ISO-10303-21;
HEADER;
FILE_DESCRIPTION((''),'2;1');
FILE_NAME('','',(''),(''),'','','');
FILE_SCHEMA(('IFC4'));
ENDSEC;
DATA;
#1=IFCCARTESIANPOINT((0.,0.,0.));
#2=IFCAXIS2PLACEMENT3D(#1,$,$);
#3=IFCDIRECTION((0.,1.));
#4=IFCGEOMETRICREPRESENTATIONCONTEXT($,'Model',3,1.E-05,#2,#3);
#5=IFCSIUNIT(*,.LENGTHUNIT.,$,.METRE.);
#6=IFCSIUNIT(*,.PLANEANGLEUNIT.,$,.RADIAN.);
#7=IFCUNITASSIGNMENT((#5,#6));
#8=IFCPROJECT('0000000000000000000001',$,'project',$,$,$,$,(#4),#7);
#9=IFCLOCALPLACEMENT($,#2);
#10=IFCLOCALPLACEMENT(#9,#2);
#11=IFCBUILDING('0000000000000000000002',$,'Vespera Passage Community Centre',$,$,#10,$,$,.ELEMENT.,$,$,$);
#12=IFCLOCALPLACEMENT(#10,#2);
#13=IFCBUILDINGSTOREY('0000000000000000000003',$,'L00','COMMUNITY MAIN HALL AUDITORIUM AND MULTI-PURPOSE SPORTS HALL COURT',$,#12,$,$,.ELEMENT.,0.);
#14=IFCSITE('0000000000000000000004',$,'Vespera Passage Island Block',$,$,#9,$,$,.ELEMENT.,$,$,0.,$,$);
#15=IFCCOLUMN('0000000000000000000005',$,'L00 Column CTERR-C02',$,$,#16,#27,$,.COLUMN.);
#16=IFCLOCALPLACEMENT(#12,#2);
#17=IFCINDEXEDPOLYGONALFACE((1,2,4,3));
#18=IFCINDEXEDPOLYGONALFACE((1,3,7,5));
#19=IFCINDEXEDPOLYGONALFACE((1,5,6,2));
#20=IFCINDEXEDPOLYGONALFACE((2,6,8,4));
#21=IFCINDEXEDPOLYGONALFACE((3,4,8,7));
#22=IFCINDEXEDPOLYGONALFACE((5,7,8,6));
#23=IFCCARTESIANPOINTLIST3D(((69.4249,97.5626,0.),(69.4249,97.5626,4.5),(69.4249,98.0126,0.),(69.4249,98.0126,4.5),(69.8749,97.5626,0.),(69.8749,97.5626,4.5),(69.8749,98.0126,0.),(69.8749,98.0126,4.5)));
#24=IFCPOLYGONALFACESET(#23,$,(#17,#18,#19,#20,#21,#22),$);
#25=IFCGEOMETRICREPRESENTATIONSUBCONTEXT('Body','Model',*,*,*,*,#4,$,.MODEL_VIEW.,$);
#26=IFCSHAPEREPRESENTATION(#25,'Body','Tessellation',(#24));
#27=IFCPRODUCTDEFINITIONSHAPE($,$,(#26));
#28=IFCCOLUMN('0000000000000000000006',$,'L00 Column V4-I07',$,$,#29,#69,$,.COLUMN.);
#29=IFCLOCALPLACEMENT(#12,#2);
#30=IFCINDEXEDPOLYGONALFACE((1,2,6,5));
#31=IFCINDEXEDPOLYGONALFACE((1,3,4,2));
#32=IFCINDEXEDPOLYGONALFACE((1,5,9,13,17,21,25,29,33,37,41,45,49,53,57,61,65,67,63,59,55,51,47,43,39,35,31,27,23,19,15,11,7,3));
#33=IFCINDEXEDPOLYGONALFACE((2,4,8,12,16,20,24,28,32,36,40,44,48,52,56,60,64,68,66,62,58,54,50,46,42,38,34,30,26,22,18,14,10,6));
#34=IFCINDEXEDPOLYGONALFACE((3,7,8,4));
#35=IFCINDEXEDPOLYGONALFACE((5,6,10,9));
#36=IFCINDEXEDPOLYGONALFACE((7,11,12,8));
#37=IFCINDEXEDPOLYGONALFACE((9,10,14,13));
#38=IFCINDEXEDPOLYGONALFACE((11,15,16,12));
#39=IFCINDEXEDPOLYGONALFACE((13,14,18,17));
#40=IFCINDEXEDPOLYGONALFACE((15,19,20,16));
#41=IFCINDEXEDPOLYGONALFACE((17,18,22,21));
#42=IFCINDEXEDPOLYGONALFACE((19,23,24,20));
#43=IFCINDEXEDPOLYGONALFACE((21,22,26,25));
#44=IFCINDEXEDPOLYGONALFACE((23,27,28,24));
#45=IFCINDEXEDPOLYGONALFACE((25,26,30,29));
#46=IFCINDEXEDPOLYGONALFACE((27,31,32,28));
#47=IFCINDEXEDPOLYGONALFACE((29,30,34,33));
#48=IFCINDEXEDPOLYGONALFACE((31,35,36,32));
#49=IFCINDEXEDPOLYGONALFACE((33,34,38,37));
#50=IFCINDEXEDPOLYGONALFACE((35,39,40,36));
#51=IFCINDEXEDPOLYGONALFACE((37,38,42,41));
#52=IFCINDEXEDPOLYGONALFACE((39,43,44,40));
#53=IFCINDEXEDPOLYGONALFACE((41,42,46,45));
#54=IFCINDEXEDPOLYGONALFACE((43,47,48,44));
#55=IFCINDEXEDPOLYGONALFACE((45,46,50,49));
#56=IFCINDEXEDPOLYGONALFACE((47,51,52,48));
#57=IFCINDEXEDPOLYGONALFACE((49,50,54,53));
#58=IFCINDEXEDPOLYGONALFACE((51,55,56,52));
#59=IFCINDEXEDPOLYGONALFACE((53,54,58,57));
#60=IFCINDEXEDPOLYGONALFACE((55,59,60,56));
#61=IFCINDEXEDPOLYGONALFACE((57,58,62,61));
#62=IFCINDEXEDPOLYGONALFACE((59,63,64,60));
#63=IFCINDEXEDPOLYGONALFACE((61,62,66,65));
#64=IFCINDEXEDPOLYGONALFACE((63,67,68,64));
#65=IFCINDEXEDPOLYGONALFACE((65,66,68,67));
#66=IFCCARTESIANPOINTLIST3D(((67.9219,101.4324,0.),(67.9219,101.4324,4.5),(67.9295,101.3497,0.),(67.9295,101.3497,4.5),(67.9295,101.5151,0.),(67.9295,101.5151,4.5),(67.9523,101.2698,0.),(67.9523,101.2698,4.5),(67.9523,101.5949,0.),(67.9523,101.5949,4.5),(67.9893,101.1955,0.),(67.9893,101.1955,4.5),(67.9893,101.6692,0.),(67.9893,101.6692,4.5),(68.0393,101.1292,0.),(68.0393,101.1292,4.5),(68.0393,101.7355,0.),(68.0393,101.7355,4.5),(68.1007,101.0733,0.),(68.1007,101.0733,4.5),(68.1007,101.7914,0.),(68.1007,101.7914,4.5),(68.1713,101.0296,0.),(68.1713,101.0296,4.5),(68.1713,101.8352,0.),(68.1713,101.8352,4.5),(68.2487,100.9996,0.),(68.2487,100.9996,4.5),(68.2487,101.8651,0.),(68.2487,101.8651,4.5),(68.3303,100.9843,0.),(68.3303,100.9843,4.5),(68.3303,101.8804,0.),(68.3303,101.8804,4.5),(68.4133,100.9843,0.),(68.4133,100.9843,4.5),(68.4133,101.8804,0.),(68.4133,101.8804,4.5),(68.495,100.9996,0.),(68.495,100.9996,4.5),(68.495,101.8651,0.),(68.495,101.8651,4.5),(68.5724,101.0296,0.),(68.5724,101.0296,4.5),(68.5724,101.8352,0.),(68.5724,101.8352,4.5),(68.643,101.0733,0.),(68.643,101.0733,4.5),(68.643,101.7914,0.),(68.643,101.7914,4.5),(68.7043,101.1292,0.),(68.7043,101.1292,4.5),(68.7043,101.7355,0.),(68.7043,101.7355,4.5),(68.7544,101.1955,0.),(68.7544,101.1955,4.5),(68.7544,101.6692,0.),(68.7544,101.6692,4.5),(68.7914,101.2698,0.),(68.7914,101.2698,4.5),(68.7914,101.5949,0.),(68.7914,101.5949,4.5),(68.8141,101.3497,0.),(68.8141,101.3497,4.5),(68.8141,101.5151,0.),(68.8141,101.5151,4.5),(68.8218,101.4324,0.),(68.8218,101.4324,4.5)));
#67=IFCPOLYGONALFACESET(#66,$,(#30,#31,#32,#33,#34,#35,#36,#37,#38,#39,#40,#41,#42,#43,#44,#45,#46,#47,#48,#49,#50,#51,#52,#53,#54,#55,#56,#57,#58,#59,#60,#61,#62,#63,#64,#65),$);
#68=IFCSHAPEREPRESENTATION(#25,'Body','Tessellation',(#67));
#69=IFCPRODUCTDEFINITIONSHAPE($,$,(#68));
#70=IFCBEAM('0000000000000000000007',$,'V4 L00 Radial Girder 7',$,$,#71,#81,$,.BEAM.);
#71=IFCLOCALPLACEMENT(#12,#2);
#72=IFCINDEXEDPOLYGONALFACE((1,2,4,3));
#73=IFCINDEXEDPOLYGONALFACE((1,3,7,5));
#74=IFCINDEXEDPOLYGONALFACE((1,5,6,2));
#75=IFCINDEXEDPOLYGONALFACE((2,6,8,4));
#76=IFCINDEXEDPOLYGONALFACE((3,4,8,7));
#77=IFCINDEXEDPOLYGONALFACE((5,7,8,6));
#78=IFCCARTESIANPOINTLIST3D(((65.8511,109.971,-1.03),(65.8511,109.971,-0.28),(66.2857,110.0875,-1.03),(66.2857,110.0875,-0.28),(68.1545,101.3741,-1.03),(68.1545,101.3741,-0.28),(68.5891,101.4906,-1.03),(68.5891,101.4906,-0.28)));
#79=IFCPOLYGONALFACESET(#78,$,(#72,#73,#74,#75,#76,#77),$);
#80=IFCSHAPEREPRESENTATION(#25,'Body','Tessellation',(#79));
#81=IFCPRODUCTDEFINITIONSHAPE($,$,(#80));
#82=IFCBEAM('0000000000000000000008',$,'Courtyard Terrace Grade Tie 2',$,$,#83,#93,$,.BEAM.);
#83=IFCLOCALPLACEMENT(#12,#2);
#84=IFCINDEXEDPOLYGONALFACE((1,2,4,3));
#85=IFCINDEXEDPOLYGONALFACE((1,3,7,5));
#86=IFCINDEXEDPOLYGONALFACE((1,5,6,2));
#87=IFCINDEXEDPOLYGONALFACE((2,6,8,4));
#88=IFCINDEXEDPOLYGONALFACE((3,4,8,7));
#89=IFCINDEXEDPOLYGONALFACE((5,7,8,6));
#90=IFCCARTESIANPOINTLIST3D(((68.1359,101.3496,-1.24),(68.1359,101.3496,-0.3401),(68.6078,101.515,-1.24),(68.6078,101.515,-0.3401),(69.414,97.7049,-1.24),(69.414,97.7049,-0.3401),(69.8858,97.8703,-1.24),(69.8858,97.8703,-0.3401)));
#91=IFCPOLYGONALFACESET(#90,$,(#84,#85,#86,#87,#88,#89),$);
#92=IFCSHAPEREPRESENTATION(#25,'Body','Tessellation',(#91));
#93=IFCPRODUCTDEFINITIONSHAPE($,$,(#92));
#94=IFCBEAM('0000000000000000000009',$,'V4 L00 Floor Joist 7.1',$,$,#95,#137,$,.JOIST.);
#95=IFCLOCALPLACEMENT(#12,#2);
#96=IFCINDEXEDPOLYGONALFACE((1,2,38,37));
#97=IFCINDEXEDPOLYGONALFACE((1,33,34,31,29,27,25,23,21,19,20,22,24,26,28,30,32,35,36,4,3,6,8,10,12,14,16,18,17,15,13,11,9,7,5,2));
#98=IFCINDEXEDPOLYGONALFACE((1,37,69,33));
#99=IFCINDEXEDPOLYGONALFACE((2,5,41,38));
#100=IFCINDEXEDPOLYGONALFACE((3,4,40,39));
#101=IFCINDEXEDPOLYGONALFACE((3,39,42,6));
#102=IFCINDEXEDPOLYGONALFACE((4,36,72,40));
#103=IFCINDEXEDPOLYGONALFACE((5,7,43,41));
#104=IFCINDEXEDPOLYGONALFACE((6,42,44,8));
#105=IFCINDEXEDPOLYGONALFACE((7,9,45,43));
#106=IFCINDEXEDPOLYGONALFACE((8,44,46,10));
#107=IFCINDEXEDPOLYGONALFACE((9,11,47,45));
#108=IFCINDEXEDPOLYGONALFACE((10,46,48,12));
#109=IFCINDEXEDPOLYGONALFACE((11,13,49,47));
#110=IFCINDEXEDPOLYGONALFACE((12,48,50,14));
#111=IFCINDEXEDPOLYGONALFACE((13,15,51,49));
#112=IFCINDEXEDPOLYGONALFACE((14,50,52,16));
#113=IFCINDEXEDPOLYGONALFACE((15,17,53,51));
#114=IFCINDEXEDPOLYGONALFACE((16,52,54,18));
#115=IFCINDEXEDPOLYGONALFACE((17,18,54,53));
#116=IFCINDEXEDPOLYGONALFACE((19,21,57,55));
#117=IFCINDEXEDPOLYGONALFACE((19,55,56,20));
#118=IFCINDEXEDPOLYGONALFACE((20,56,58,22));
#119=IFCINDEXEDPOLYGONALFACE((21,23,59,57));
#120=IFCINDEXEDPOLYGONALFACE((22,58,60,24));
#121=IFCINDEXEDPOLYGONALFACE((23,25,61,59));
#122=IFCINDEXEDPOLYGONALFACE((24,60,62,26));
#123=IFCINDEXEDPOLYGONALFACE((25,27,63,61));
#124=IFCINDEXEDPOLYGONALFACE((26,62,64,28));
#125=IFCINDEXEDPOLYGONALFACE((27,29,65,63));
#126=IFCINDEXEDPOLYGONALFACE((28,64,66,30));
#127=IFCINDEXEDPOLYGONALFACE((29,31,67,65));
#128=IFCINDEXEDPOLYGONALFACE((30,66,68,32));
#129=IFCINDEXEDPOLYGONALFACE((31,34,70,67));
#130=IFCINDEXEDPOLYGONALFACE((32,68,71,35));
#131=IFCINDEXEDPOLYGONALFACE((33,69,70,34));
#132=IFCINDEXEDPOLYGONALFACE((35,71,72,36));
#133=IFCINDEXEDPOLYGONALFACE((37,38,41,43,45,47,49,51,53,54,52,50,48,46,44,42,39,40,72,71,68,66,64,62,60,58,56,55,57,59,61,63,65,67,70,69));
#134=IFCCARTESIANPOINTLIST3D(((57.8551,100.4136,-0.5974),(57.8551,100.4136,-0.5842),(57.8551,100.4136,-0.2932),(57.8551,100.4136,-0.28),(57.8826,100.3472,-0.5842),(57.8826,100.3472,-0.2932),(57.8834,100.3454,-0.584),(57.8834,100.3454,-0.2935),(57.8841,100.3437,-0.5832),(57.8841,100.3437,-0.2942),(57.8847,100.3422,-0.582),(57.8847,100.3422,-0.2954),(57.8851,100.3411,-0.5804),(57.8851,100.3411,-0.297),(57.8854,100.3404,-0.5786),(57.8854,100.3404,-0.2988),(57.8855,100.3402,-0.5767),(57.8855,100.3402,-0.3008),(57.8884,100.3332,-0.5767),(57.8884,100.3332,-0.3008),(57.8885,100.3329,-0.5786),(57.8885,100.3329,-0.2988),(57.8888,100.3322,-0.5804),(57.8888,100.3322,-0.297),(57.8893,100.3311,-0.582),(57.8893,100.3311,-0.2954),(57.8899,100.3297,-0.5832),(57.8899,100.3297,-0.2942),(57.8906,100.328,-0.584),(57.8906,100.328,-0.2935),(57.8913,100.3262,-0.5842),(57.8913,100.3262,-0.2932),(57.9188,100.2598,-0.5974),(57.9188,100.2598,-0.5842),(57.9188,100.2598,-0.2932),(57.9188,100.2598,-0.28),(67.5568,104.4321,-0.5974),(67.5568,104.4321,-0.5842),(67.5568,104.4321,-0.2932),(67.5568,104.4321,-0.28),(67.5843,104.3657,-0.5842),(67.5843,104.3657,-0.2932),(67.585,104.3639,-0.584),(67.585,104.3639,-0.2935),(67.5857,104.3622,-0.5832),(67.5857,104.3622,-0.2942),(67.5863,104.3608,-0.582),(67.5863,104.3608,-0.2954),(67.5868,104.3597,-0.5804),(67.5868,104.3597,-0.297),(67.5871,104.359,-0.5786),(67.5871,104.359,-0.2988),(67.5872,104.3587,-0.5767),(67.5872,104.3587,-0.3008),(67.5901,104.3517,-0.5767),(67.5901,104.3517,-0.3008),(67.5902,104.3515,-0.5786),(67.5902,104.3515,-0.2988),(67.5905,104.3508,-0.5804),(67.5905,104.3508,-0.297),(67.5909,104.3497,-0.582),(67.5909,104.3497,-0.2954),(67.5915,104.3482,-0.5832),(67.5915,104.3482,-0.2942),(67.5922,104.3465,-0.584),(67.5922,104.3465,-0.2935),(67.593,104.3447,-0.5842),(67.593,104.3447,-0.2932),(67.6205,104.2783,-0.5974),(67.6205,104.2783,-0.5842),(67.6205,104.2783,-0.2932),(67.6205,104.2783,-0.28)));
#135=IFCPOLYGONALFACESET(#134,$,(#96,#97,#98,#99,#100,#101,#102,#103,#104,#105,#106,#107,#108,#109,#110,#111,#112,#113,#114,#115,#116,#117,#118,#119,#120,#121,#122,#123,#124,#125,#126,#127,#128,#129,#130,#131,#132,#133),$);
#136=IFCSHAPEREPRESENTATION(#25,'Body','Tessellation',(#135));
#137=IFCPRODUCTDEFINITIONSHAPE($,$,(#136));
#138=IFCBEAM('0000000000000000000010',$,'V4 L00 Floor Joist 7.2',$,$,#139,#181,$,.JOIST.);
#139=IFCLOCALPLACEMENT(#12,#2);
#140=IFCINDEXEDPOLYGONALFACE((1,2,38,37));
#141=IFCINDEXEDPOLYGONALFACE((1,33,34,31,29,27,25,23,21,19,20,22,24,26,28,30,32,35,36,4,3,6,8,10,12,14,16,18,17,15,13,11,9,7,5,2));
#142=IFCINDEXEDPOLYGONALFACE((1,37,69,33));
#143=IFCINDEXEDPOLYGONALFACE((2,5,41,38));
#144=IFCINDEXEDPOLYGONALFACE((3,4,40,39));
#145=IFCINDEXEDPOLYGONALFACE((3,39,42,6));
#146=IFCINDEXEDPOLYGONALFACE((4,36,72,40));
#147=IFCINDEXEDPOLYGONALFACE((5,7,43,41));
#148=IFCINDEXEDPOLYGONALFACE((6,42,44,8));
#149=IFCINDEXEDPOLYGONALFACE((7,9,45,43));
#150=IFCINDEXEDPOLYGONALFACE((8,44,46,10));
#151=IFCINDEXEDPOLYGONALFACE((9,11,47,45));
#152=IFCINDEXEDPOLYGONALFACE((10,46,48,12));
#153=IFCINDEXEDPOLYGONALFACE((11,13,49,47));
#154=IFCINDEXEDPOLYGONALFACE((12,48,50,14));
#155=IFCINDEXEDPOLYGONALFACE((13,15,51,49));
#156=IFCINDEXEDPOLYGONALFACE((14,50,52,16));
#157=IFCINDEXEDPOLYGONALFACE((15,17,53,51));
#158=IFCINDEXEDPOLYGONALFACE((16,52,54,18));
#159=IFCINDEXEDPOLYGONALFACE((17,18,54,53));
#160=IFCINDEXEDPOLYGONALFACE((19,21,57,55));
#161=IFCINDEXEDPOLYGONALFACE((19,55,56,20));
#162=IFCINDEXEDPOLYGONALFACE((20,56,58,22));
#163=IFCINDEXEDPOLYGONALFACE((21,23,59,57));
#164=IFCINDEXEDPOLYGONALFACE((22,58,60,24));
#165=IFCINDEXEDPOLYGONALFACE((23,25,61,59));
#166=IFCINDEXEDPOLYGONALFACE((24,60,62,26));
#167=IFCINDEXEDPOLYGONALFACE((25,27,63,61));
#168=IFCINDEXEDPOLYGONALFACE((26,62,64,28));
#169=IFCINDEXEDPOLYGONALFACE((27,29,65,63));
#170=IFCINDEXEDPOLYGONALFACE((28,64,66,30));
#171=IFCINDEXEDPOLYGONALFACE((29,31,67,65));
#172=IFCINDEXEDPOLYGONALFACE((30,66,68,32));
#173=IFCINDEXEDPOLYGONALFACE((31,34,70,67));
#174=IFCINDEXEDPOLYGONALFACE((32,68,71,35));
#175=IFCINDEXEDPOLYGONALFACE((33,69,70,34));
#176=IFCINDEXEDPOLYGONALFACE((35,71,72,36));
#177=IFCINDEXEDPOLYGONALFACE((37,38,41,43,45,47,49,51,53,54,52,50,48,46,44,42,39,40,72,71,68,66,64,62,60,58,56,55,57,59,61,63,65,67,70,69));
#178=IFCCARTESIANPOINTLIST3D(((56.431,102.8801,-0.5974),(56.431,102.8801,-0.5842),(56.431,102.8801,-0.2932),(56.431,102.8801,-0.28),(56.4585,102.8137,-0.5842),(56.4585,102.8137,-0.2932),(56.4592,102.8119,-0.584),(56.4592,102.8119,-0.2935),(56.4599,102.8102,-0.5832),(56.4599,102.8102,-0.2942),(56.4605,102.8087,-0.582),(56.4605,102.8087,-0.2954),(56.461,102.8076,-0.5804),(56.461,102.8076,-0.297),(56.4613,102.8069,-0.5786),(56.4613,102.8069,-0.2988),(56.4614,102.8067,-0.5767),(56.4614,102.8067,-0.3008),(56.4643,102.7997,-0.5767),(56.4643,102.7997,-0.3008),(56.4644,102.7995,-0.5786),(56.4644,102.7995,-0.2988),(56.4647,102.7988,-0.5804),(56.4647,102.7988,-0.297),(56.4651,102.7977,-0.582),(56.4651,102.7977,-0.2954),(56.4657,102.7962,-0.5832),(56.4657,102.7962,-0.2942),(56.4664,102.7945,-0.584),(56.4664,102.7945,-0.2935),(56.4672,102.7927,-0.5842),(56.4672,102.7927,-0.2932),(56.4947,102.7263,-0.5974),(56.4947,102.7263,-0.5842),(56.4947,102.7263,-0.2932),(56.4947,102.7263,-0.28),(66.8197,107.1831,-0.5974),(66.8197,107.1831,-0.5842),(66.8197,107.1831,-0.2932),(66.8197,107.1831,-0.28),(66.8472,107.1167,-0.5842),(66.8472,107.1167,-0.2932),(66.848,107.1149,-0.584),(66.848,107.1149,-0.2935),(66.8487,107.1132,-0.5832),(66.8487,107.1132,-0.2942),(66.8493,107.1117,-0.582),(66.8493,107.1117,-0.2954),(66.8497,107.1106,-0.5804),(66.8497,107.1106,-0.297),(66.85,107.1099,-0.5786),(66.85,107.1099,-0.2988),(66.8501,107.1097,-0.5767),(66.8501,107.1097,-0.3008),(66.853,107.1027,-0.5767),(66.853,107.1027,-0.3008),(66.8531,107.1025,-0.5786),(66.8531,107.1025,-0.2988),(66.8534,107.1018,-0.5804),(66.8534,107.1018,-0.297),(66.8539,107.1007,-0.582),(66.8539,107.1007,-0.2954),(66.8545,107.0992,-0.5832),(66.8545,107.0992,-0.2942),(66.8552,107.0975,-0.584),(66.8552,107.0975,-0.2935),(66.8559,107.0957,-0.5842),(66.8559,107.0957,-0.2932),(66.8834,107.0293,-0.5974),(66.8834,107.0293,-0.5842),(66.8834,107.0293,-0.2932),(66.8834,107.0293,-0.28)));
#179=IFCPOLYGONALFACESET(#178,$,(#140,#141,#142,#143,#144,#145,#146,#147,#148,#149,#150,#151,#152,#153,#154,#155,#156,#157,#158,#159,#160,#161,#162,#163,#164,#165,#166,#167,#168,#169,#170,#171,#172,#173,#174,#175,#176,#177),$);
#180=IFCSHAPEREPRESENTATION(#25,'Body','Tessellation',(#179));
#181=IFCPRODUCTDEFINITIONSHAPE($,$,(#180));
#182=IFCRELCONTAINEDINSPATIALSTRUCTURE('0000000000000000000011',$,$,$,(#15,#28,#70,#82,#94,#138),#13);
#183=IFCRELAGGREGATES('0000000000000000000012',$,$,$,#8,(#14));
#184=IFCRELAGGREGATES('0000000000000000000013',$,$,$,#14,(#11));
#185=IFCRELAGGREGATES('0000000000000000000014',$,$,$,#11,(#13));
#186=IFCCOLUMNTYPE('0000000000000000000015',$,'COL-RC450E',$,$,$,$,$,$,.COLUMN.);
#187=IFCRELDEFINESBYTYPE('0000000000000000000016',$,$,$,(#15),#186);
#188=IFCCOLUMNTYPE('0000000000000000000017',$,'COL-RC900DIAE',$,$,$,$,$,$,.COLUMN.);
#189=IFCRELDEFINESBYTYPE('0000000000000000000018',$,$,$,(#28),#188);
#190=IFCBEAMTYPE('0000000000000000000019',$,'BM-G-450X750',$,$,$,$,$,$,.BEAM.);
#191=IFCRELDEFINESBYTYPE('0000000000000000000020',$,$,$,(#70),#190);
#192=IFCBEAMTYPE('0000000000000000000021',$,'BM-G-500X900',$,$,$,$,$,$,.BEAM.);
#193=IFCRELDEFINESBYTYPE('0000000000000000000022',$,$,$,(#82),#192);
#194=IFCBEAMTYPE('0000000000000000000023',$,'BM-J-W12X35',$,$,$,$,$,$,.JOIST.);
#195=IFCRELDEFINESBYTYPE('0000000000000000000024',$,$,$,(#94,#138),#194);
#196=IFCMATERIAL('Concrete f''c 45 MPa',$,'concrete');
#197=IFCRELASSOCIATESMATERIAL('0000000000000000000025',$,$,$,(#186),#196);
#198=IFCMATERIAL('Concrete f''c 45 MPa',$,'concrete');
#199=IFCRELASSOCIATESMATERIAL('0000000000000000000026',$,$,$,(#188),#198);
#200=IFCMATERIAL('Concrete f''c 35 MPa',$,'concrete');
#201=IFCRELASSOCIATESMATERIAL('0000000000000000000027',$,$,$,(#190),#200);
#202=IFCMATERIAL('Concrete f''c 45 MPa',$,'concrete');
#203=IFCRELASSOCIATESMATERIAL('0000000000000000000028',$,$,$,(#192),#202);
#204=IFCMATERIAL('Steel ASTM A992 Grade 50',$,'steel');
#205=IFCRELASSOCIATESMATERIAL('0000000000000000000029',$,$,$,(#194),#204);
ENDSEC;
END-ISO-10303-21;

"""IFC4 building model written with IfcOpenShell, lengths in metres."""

from ifc_helpers import new_model, si_unit, direction, frame, origin, origin_2d, place, context, subcontext, project, spatial, rectangle, circle, i_section, extrude, material, material_profile, profile_set, type_object, element, save


model = new_model("IFC4")

# Units and contexts
model_context = context("Model", 3, precision=1e-05, world=origin(), true_north=direction((0.0, 1.0)))
body_context = subcontext(model_context, "Body", "Model", "MODEL_VIEW")
ifc_project = project(units=[si_unit("LENGTHUNIT", "METRE"), si_unit("PLANEANGLEUNIT", "RADIAN")], contexts=[model_context])

# Site, building, storey
site_placement = place(None, origin())
site = spatial("IfcSite", under=ifc_project, at=site_placement, Name="Vespera Passage Island Block", CompositionType="ELEMENT", RefElevation=0.0)
building_placement = place(site_placement, origin())
building = spatial("IfcBuilding", under=site, at=building_placement, Name="Vespera Passage Community Centre", CompositionType="ELEMENT")
storey_placement = place(building_placement, origin())
storey = spatial("IfcBuildingStorey", under=building, at=storey_placement, Name="L00", Description="COMMUNITY MAIN HALL AUDITORIUM AND MULTI-PURPOSE SPORTS HALL COURT", CompositionType="ELEMENT", Elevation=0.0)

# Columns
ifc_material_1 = material(Name="Concrete f'c 45 MPa", Category="concrete")
ifc_material_profile_1 = material_profile(ifc_material_1, rectangle(XDim=0.45, YDim=0.45, at=origin_2d()), Name="RC450X450")
ifc_profile_set_1 = profile_set([ifc_material_profile_1], Name="Concrete f'c 45 MPa")
column_type_1 = type_object("IfcColumnType", Name="COL-RC450E", PredefinedType="COLUMN", material=ifc_profile_set_1)
column_1_placement = place(storey_placement, frame((69.6499, 97.7876, 0.0), z_axis=(0.0, 0.0, 1.0), x_axis=(1.0, 0.0, 0.0)))
element("IfcColumn", 1, at=column_1_placement, inside=storey, type_object=column_type_1, Name="L00 Column CTERR-C02", PredefinedType="COLUMN", context=body_context, shape_type="SweptSolid", body=[
    extrude(rectangle(XDim=0.45, YDim=0.45, at=origin_2d()), origin(), (0.0, 0.0, 1.0), 4.5),
])
ifc_material_2 = material(Name="Concrete f'c 45 MPa", Category="concrete")
ifc_material_profile_2 = material_profile(ifc_material_2, circle(Radius=0.45, at=origin_2d()), Name="RC900DIA")
ifc_profile_set_2 = profile_set([ifc_material_profile_2], Name="Concrete f'c 45 MPa")
column_type_2 = type_object("IfcColumnType", Name="COL-RC900DIAE", PredefinedType="COLUMN", material=ifc_profile_set_2)
column_2_placement = place(storey_placement, frame((68.3718, 101.4324, 0.0), z_axis=(0.0, 0.0, 1.0), x_axis=(1.0, 0.0, 0.0)))
element("IfcColumn", 2, at=column_2_placement, inside=storey, type_object=column_type_2, Name="L00 Column V4-I07", PredefinedType="COLUMN", context=body_context, shape_type="SweptSolid", body=[
    extrude(circle(Radius=0.45, at=origin_2d()), origin(), (0.0, 0.0, 1.0), 4.5),
])

# Beams
ifc_material_3 = material(Name="Concrete f'c 35 MPa", Category="concrete")
ifc_material_profile_3 = material_profile(ifc_material_3, rectangle(XDim=0.45, YDim=0.75, at=origin_2d()), Name="RC450X750")
ifc_profile_set_3 = profile_set([ifc_material_profile_3], Name="Concrete f'c 35 MPa")
beam_type_1 = type_object("IfcBeamType", Name="BM-G-450X750", PredefinedType="BEAM", material=ifc_profile_set_3)
beam_1_placement = place(storey_placement, frame((68.3718, 101.4324, -0.655), z_axis=(-0.258811, 0.965928, 0.0), x_axis=(-0.965928, -0.258811, 0.0)))
element("IfcBeam", 3, at=beam_1_placement, inside=storey, type_object=beam_type_1, Name="V4 L00 Radial Girder 7", PredefinedType="BEAM", context=body_context, shape_type="SweptSolid", body=[
    extrude(rectangle(XDim=0.45, YDim=0.75, at=origin_2d()), origin(), (0.0, 0.0, 1.0), 8.9001),
])
ifc_material_4 = material(Name="Concrete f'c 45 MPa", Category="concrete")
ifc_material_profile_4 = material_profile(ifc_material_4, rectangle(XDim=0.5, YDim=0.8999, at=origin_2d()), Name="RC500X900")
ifc_profile_set_4 = profile_set([ifc_material_profile_4], Name="Concrete f'c 45 MPa")
beam_type_2 = type_object("IfcBeamType", Name="BM-G-500X900", PredefinedType="BEAM", material=ifc_profile_set_4)
beam_2_placement = place(storey_placement, frame((69.6499, 97.7876, -0.79), z_axis=(-0.330905, 0.943664, 0.0), x_axis=(-0.943664, -0.330905, 0.0)))
element("IfcBeam", 4, at=beam_2_placement, inside=storey, type_object=beam_type_2, Name="Courtyard Terrace Grade Tie 2", PredefinedType="BEAM", context=body_context, shape_type="SweptSolid", body=[
    extrude(rectangle(XDim=0.5, YDim=0.8999, at=origin_2d()), origin(), (0.0, 0.0, 1.0), 3.8623),
])
ifc_material_5 = material(Name="Steel ASTM A992 Grade 50", Category="steel")
ifc_material_profile_5 = material_profile(ifc_material_5, i_section(OverallWidth=0.1665, OverallDepth=0.3174, WebThickness=0.0076, FlangeThickness=0.0132, FilletRadius=0.0076, at=origin_2d()), Name="W12X35")
ifc_profile_set_5 = profile_set([ifc_material_profile_5], Name="Steel ASTM A992 Grade 50")
beam_type_3 = type_object("IfcBeamType", Name="BM-J-W12X35", PredefinedType="JOIST", material=ifc_profile_set_5)
beam_3_placement = place(storey_placement, frame((67.5886, 104.3552, -0.4387), z_axis=(-0.92388, -0.382683, 0.0), x_axis=(0.382683, -0.92388, 0.0)))
element("IfcBeam", 5, at=beam_3_placement, inside=storey, type_object=beam_type_3, Name="V4 L00 Floor Joist 7.1", PredefinedType="JOIST", context=body_context, shape_type="SweptSolid", body=[
    extrude(i_section(OverallWidth=0.1665, OverallDepth=0.3174, WebThickness=0.0076, FlangeThickness=0.0132, FilletRadius=0.0076, at=origin_2d()), origin(), (0.0, 0.0, 1.0), 10.501),
])
beam_4_placement = place(storey_placement, frame((66.8516, 107.1062, -0.4387), z_axis=(-0.923884, -0.382672, 0.0), x_axis=(0.382672, -0.923884, 0.0)))
element("IfcBeam", 6, at=beam_4_placement, inside=storey, type_object=beam_type_3, Name="V4 L00 Floor Joist 7.2", PredefinedType="JOIST", context=body_context, shape_type="SweptSolid", body=[
    extrude(i_section(OverallWidth=0.1665, OverallDepth=0.3174, WebThickness=0.0076, FlangeThickness=0.0132, FilletRadius=0.0076, at=origin_2d()), origin(), (0.0, 0.0, 1.0), 11.2446),
])

save(model, "model.ifc")
